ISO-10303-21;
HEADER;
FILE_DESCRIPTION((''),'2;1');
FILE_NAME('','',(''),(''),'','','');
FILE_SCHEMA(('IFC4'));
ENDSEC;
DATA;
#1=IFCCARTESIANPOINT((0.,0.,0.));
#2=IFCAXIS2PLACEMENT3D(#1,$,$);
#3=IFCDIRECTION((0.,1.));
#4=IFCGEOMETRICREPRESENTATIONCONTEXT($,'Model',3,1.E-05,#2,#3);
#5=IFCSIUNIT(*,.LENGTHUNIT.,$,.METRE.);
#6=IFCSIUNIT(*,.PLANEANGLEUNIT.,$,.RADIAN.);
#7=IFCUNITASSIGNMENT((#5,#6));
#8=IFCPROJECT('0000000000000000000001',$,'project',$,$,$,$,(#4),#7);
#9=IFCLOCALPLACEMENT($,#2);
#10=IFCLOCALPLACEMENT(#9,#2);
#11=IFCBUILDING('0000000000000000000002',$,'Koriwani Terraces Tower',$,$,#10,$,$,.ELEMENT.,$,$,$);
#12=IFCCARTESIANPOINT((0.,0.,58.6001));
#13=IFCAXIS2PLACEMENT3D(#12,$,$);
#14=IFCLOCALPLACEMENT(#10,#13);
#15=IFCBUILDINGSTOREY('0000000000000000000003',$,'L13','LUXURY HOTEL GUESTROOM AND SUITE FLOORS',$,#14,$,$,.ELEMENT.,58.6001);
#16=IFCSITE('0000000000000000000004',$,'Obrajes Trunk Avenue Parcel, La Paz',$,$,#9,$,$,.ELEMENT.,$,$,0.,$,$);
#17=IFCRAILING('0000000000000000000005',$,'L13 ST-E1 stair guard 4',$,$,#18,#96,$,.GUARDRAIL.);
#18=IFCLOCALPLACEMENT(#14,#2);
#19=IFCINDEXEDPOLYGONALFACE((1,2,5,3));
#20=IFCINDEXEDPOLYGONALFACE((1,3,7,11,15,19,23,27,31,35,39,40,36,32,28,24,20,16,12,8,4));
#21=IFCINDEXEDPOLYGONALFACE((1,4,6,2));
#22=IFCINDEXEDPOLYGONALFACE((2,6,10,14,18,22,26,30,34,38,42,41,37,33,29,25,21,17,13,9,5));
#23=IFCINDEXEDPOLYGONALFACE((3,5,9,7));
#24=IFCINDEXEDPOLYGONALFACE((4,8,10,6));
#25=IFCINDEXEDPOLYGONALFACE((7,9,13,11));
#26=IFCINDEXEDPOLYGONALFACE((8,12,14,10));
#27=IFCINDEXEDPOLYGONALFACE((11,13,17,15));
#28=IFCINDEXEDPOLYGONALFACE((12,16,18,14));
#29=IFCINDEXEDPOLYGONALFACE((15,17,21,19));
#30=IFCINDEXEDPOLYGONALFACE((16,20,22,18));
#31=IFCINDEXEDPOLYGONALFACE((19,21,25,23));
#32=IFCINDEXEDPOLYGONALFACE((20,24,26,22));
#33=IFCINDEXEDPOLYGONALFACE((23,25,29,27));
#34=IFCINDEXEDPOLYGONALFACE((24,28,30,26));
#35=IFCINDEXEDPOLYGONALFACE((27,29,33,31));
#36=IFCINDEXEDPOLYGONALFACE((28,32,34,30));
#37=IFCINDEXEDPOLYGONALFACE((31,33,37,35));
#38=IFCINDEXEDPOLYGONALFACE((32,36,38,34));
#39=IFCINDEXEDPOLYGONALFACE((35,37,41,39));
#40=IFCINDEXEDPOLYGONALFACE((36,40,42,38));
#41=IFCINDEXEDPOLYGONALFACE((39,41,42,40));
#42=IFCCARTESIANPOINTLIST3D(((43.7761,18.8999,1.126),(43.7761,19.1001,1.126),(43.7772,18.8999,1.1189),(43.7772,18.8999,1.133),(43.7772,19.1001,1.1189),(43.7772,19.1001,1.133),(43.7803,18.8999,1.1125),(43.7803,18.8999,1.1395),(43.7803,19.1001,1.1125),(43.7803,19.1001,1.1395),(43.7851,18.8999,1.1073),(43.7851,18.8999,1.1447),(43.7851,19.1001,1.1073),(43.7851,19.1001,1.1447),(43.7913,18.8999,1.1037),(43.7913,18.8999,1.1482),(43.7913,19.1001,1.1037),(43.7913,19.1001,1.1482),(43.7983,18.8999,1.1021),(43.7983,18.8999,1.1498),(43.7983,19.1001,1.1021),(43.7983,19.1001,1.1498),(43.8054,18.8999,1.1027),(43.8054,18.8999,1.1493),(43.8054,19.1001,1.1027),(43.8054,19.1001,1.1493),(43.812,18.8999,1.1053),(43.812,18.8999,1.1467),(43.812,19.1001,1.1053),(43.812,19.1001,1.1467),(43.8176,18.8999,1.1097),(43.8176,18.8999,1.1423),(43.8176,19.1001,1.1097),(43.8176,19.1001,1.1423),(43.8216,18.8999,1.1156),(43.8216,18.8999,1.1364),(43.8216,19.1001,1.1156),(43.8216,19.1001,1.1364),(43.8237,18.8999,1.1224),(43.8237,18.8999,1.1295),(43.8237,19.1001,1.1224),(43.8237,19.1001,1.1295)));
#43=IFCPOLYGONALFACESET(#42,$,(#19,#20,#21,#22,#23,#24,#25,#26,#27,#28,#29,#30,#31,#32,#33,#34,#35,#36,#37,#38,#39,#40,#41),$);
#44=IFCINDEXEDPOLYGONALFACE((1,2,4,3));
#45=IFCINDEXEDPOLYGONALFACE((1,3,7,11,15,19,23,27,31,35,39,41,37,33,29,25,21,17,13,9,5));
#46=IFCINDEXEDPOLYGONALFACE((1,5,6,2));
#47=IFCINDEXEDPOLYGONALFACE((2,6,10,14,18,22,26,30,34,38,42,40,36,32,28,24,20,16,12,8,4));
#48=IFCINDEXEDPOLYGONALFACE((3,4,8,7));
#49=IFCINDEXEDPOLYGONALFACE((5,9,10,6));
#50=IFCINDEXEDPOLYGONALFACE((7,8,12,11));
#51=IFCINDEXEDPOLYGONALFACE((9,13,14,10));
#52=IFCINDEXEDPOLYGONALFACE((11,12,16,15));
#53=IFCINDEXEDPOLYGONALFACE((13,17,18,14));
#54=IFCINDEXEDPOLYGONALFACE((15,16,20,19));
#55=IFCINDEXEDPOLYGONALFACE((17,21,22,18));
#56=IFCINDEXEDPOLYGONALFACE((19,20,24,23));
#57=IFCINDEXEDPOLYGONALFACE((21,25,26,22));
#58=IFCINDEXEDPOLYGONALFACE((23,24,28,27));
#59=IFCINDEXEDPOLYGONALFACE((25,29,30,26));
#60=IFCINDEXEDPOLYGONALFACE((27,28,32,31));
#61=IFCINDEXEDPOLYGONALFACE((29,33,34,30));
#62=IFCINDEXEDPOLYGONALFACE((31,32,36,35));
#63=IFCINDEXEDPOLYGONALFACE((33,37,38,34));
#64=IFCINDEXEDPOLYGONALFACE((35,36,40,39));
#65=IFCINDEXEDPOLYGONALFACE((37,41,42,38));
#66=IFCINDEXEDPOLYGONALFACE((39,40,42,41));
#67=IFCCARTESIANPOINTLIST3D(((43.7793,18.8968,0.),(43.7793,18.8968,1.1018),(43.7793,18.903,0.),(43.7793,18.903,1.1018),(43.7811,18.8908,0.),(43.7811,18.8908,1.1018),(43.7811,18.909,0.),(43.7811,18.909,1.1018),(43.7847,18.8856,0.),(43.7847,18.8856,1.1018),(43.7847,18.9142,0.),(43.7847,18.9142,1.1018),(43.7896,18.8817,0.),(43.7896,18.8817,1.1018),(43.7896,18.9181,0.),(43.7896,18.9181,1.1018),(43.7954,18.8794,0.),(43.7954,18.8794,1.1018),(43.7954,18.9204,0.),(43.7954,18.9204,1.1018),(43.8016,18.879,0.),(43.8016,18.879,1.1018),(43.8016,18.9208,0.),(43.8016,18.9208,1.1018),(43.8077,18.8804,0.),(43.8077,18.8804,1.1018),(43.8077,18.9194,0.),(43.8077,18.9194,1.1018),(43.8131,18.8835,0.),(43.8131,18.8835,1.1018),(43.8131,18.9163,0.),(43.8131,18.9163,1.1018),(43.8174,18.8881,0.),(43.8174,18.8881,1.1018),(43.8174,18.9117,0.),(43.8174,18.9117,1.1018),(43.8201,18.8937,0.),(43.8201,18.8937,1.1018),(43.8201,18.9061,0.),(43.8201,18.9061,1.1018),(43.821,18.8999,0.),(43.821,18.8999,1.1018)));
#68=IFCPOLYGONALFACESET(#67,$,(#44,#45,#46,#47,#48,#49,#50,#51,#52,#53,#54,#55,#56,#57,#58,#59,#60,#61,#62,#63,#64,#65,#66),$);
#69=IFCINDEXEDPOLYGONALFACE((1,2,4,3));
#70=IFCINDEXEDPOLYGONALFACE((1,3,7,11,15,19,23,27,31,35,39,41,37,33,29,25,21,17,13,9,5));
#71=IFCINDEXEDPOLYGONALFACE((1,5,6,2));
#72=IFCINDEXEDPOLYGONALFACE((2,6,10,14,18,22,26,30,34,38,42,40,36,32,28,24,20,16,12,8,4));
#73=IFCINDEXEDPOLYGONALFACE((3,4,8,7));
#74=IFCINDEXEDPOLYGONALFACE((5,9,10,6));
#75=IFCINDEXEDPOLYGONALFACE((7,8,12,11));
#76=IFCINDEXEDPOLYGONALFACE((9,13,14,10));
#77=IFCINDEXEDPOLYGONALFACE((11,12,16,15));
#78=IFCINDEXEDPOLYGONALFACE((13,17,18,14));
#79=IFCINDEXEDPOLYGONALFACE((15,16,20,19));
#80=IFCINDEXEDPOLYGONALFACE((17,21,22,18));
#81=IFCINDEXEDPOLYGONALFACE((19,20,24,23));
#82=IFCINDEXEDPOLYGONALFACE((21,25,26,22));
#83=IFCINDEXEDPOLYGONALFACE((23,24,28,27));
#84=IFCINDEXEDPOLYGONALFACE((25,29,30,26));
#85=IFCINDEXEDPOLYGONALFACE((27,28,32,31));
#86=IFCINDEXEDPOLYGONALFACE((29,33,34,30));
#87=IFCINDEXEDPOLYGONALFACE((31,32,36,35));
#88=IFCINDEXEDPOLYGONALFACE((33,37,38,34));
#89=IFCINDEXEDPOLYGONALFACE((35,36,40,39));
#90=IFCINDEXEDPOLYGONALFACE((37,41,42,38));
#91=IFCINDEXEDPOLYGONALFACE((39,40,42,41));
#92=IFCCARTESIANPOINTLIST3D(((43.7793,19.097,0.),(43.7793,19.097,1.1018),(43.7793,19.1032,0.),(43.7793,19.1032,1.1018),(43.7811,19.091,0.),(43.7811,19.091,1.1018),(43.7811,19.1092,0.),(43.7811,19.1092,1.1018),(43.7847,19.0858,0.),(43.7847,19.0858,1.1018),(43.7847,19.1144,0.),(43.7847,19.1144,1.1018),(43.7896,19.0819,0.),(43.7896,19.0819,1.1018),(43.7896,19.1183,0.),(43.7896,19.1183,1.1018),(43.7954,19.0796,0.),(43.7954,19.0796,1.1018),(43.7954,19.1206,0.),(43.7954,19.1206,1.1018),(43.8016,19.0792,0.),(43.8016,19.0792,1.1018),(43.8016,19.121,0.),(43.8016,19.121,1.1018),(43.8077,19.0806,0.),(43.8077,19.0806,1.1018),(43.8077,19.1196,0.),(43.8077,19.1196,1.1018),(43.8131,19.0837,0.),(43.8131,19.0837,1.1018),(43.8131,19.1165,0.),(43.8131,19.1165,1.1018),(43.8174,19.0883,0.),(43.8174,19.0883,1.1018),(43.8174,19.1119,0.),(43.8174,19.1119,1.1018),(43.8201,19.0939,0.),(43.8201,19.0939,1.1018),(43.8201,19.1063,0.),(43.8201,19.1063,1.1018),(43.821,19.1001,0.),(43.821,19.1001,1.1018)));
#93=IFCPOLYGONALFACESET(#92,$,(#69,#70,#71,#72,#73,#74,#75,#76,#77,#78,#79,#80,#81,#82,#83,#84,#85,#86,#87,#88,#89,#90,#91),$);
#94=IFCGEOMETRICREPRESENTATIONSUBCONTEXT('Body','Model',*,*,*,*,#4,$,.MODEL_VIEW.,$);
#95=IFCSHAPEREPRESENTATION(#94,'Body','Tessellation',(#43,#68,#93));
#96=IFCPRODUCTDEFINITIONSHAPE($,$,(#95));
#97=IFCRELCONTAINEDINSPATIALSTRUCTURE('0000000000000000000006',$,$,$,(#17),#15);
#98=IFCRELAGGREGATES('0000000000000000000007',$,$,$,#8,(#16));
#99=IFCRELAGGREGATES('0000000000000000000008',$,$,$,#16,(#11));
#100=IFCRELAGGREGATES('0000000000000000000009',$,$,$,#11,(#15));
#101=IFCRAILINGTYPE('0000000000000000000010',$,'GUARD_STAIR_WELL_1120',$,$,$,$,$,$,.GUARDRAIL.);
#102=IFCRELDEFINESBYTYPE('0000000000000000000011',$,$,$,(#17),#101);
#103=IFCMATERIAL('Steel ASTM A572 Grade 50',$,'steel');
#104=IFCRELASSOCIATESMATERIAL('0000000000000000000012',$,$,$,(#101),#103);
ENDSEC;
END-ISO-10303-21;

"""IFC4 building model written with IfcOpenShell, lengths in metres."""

from ifc_helpers import new_model, si_unit, direction, frame, origin, origin_2d, place, context, subcontext, project, spatial, circle, extrude, material, type_object, element, save


model = new_model("IFC4")

# Units and contexts
model_context = context("Model", 3, precision=1e-05, world=origin(), true_north=direction((0.0, 1.0)))
body_context = subcontext(model_context, "Body", "Model", "MODEL_VIEW")
ifc_project = project(units=[si_unit("LENGTHUNIT", "METRE"), si_unit("PLANEANGLEUNIT", "RADIAN")], contexts=[model_context])

# Site, building, storey
site_placement = place(None, origin())
site = spatial("IfcSite", under=ifc_project, at=site_placement, Name="Obrajes Trunk Avenue Parcel, La Paz", CompositionType="ELEMENT", RefElevation=0.0)
building_placement = place(site_placement, origin())
building = spatial("IfcBuilding", under=site, at=building_placement, Name="Koriwani Terraces Tower", CompositionType="ELEMENT")
storey_placement = place(building_placement, frame((0.0, 0.0, 58.6001)))
storey = spatial("IfcBuildingStorey", under=building, at=storey_placement, Name="L13", Description="LUXURY HOTEL GUESTROOM AND SUITE FLOORS", CompositionType="ELEMENT", Elevation=58.6001)

# Shared definitions
ifc_material_1 = material(Name="Steel ASTM A572 Grade 50", Category="steel")

# Railing
railing_type_1 = type_object("IfcRailingType", Name="GUARD_STAIR_WELL_1120", PredefinedType="GUARDRAIL", material=ifc_material_1)
railing_1_placement = place(storey_placement, frame((43.8, 18.8999, 0.0)))
element("IfcRailing", 1, at=railing_1_placement, inside=storey, type_object=railing_type_1, Name="L13 ST-E1 stair guard 4", PredefinedType="GUARDRAIL", context=body_context, shape_type="SweptSolid", body=[
    extrude(circle(Radius=0.0239, at=origin_2d()), frame((0.0, 0.0, 1.126), z_axis=(0.0, 1.0, 0.0), x_axis=(-1.0, 0.0, 0.0)), (0.0, 0.0, 1.0), 0.2002),
    extrude(circle(Radius=0.021, at=origin_2d()), origin(), (0.0, 0.0, 1.0), 1.1018),
    extrude(circle(Radius=0.021, at=origin_2d()), frame((0.0, 0.2002, 0.0)), (0.0, 0.0, 1.0), 1.1018),
])

save(model, "model.ifc")
